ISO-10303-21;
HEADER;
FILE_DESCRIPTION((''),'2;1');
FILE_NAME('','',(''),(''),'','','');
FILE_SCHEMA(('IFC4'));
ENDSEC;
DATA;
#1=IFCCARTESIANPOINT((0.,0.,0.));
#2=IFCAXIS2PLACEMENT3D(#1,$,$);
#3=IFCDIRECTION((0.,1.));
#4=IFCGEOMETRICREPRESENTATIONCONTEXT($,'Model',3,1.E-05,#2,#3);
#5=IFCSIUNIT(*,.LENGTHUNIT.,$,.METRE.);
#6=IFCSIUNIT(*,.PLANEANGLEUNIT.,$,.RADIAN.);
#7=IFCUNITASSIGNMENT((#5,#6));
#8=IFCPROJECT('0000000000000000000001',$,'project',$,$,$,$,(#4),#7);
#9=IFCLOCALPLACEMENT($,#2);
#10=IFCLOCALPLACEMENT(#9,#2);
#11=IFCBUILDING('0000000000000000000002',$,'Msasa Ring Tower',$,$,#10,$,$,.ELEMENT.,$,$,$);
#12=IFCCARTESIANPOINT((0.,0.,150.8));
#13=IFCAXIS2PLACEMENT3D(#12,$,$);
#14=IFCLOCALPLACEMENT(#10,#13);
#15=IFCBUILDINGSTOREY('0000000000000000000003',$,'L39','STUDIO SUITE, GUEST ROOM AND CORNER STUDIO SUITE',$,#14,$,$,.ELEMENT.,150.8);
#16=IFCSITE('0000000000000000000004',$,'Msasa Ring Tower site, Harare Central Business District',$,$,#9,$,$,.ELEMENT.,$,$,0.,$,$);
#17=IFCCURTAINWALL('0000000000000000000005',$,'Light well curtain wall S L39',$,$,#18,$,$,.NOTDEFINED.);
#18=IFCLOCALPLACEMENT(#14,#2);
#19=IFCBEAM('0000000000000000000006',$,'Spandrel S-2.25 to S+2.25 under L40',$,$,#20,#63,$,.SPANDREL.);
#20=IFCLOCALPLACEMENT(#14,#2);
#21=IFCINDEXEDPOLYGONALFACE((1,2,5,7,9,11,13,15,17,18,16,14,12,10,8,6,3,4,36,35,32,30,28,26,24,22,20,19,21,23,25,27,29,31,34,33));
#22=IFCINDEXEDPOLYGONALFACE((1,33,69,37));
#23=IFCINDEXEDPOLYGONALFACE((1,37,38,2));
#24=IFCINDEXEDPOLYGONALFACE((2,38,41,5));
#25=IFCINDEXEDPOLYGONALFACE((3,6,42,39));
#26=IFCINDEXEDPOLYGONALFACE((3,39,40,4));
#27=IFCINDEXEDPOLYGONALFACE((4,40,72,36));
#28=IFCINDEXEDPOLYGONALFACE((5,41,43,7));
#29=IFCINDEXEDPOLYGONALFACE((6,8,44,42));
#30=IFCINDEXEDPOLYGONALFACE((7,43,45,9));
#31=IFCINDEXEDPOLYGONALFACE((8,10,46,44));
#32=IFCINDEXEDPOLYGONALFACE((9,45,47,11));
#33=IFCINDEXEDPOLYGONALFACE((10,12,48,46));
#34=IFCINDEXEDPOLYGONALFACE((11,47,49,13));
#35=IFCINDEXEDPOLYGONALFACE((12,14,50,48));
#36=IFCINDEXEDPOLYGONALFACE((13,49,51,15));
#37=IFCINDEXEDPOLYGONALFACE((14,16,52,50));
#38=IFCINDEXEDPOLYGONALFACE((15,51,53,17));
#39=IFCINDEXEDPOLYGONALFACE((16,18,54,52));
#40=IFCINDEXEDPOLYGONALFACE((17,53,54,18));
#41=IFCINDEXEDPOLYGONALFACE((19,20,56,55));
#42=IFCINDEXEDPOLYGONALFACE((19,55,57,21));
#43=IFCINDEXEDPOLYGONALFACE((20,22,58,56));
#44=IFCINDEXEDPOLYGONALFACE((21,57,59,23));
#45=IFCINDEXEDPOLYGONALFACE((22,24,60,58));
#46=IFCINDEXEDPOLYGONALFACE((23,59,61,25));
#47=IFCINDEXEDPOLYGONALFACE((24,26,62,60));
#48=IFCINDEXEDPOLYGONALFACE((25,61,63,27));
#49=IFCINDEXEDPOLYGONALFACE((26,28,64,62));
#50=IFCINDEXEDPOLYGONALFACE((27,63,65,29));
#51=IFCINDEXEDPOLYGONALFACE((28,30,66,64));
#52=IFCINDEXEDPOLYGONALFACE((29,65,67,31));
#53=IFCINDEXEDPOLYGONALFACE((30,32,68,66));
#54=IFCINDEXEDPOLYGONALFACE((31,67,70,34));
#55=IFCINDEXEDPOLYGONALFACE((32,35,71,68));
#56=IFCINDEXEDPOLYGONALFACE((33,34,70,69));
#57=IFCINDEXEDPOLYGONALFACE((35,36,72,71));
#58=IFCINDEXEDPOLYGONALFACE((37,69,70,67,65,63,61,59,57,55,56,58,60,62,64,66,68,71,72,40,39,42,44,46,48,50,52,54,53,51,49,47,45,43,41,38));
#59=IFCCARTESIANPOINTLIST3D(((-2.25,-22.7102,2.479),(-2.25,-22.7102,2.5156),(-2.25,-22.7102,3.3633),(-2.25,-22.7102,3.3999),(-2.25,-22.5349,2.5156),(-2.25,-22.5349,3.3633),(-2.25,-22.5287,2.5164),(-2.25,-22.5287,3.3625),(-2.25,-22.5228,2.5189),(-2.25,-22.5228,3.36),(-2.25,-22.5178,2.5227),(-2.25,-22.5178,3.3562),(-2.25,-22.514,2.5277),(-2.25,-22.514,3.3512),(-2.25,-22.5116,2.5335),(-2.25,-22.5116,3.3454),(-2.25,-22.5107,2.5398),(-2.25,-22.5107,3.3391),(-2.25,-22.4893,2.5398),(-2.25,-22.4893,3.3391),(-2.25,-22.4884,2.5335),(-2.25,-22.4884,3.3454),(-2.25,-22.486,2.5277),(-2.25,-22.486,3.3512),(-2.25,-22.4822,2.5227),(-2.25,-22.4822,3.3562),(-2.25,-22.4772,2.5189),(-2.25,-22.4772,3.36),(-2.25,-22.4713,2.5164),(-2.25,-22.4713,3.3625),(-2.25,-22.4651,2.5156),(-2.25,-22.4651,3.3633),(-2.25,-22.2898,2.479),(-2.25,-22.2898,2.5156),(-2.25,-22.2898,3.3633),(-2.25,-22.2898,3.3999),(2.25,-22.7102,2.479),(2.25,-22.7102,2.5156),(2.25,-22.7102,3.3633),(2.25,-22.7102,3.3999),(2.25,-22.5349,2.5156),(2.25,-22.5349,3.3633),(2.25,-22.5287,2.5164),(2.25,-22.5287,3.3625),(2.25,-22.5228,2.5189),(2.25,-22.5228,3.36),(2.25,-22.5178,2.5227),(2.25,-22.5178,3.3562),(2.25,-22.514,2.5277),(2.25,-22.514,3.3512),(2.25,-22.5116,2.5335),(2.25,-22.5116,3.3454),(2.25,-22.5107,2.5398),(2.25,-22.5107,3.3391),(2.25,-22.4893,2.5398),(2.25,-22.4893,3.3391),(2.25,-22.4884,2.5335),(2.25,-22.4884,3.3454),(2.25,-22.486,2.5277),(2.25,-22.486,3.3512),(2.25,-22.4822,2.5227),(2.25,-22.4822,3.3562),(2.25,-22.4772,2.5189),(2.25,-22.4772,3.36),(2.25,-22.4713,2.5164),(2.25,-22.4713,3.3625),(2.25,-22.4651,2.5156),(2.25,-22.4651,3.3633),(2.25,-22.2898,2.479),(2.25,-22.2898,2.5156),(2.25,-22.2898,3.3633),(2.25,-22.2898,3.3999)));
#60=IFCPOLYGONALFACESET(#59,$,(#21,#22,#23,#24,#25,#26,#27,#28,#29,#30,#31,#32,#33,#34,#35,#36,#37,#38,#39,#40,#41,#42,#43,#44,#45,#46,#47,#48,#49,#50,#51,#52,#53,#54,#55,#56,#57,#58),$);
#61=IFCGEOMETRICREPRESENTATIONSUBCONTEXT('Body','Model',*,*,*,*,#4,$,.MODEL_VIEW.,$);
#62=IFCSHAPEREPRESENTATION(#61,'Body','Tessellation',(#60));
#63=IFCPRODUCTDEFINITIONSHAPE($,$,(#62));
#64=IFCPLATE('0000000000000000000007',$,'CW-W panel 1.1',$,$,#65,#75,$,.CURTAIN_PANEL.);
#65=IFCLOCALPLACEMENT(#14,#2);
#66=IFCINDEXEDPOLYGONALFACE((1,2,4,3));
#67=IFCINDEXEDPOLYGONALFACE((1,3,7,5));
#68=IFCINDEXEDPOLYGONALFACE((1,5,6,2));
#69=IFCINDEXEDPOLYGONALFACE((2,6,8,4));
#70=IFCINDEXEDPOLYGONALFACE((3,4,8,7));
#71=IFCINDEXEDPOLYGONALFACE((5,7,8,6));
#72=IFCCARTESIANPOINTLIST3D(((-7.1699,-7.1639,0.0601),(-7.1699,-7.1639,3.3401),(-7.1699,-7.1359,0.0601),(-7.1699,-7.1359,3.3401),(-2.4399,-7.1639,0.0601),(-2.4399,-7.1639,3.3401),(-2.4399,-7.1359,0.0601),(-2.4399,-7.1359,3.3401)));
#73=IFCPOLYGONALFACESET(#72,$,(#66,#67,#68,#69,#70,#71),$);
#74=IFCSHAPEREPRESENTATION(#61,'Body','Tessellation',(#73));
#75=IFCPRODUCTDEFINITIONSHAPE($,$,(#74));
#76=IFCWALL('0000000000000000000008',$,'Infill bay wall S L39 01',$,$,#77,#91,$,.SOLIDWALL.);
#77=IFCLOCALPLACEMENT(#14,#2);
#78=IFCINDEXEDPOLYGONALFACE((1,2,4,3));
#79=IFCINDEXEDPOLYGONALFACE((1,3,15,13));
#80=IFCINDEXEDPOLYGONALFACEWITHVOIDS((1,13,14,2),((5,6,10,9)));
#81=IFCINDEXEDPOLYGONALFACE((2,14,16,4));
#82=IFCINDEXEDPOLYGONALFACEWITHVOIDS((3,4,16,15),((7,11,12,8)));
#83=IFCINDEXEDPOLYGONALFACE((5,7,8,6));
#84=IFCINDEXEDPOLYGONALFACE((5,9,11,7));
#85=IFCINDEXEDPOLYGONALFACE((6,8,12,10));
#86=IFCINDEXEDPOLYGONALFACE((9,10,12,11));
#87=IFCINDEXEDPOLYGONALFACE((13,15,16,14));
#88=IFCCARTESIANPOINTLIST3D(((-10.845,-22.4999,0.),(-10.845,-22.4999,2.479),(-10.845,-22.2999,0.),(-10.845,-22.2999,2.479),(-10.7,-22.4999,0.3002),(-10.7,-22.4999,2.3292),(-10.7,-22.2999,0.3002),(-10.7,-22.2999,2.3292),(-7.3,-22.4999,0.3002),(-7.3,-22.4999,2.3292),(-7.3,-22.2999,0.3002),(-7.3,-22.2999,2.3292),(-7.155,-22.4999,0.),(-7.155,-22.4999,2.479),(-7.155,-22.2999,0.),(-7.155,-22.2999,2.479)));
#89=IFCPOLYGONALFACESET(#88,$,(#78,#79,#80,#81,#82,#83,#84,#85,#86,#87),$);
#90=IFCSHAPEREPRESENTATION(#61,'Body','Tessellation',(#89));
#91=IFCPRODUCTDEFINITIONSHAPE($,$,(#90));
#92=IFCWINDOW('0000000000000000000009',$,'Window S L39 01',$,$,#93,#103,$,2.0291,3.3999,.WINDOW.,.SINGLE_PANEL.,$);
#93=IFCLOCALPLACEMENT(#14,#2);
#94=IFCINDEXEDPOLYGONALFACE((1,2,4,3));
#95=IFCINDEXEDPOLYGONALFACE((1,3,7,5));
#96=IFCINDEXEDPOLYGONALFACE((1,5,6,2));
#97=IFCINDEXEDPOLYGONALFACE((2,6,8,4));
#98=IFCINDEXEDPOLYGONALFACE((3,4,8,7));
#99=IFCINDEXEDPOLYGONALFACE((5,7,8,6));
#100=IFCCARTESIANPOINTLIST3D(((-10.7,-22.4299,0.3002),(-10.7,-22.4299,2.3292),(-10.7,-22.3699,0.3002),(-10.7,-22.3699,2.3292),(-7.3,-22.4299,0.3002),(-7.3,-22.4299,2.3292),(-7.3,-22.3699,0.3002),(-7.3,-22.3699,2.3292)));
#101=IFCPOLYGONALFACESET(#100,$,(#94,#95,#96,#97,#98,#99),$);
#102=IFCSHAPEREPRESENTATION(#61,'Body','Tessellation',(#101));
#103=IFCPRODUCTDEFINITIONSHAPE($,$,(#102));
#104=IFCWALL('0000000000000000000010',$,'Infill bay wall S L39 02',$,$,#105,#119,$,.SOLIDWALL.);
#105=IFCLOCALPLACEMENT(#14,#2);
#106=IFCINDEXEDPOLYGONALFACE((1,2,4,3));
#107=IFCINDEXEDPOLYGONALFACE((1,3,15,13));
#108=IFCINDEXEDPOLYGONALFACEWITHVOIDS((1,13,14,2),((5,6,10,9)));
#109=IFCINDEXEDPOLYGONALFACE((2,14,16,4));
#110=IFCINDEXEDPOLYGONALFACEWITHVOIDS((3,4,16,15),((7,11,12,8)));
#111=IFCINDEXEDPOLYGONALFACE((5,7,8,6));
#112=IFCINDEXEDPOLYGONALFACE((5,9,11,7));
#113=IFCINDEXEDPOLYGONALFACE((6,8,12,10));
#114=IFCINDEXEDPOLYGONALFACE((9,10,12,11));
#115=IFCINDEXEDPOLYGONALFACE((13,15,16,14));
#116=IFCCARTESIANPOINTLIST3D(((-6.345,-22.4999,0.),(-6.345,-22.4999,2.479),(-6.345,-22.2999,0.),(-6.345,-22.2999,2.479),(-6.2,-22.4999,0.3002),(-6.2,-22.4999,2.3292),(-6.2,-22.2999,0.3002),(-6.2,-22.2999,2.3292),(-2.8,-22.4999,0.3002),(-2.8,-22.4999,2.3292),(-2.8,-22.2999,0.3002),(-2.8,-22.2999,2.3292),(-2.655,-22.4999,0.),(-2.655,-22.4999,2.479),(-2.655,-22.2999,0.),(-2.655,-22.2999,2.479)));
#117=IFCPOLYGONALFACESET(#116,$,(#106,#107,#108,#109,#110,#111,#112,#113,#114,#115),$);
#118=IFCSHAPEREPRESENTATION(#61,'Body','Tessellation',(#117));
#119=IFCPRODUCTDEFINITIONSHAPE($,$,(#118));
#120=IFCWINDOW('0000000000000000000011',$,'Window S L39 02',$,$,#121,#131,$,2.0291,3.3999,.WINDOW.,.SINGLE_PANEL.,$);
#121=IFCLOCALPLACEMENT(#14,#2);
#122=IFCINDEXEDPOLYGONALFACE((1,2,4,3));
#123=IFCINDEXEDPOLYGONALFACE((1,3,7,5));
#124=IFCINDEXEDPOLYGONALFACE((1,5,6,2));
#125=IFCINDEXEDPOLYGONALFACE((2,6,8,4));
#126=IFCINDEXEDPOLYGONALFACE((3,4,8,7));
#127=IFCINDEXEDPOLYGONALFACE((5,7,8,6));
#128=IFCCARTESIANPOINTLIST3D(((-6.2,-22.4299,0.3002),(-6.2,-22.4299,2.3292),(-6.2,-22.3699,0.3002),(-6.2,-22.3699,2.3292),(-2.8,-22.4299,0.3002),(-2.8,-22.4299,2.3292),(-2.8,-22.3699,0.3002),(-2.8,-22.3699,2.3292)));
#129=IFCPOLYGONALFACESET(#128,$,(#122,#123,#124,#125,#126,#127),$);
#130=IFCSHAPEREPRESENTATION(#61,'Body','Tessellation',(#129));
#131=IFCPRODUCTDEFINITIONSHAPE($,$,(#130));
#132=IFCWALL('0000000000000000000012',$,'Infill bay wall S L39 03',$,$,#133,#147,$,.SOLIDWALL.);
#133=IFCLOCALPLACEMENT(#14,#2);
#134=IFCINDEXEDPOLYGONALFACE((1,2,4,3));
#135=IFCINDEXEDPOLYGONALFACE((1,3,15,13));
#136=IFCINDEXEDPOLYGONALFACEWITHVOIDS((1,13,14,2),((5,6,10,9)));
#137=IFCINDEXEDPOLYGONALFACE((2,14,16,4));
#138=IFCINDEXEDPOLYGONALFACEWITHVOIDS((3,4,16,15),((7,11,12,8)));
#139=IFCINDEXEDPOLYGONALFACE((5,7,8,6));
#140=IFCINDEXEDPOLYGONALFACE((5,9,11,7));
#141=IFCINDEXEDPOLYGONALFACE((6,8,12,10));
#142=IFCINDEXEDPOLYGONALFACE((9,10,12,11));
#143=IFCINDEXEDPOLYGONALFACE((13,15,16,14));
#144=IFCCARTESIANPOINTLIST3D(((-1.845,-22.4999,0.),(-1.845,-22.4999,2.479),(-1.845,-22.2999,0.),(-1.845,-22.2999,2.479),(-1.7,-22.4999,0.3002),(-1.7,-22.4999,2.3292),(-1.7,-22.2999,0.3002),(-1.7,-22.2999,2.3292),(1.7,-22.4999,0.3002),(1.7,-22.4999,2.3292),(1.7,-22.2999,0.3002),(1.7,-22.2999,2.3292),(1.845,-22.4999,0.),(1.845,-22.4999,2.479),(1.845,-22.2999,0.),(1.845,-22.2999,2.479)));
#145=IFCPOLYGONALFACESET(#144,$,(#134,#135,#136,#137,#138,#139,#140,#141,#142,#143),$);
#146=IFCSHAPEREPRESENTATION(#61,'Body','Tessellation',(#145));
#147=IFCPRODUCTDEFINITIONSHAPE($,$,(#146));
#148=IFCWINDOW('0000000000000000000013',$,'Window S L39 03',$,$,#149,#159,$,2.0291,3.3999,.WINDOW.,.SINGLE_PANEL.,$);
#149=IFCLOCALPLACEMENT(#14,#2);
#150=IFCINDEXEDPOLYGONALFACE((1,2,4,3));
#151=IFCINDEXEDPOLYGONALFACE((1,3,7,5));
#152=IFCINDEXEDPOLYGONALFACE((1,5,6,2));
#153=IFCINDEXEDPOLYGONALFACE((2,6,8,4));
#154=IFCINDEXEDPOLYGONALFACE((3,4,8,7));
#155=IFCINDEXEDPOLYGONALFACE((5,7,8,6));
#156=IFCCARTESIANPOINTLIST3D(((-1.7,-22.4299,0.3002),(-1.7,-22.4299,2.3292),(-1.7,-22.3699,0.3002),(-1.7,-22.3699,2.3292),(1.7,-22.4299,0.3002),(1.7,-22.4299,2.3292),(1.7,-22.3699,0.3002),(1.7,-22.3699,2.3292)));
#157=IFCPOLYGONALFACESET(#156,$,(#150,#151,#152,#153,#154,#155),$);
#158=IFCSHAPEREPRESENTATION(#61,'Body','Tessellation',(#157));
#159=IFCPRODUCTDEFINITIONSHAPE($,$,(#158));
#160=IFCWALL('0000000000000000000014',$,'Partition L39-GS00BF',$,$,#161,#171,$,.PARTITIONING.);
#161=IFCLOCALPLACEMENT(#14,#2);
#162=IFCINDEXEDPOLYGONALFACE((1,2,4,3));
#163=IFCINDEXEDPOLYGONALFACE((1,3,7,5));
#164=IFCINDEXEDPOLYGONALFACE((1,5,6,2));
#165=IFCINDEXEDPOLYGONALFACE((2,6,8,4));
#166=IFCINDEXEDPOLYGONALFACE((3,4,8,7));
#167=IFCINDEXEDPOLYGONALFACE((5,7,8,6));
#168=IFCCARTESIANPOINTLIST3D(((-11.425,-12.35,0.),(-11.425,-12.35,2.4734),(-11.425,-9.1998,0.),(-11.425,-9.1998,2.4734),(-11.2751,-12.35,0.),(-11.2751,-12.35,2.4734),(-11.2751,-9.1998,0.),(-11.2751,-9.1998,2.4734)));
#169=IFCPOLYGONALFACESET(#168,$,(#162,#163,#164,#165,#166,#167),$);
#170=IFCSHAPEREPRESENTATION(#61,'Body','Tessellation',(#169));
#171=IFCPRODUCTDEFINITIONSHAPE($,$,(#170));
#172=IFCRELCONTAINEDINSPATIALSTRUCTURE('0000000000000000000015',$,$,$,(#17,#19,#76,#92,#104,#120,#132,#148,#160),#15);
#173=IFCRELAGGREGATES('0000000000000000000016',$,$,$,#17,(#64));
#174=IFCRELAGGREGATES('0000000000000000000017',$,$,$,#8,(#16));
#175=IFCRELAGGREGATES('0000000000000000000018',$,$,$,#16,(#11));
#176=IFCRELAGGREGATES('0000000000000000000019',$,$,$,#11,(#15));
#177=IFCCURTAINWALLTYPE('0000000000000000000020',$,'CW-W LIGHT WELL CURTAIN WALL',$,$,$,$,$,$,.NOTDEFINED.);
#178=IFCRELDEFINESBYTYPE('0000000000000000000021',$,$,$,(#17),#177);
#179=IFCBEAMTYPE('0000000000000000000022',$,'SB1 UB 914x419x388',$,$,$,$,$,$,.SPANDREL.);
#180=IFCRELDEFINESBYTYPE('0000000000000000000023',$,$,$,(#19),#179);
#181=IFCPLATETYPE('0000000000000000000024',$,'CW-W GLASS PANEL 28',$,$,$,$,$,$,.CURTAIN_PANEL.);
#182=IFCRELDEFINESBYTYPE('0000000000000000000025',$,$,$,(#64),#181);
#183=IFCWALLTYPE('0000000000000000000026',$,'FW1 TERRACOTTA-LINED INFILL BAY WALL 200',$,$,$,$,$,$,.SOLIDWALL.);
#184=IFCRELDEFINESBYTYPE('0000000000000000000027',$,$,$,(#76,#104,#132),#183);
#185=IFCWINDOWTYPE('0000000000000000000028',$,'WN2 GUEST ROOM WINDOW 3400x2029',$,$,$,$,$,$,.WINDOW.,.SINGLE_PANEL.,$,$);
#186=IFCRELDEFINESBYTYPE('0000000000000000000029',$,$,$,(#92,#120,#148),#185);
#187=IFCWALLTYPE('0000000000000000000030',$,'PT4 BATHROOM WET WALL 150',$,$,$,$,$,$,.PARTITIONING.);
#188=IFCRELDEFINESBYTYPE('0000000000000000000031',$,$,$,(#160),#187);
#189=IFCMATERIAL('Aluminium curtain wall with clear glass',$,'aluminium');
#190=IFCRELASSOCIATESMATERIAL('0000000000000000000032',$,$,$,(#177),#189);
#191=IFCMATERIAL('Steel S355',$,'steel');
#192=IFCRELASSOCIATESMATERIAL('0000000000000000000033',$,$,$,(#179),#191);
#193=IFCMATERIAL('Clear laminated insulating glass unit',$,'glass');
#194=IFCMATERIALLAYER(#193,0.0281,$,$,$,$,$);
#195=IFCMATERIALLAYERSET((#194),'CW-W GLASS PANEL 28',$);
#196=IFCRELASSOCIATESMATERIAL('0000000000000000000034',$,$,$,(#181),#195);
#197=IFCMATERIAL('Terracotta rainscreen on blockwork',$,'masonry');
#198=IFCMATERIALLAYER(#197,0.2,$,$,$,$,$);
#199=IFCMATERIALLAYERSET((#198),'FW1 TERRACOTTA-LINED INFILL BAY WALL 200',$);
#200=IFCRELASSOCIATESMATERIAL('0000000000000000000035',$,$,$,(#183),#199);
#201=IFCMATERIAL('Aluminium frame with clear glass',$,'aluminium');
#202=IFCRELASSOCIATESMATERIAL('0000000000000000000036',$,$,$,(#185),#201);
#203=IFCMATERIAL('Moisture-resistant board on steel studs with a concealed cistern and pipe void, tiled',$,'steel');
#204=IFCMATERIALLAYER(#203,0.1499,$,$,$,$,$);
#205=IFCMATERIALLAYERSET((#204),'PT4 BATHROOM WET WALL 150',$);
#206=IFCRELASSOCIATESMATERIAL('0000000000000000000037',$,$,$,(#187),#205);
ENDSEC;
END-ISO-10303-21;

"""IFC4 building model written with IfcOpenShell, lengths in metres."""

from ifc_helpers import new_model, si_unit, direction, frame, frame_2d, origin, origin_2d, place, context, subcontext, project, spatial, rectangle, i_section, extrude, material, layer, layer_set, material_profile, profile_set, type_object, element, fill, aggregate, save


model = new_model("IFC4")

# Units and contexts
model_context = context("Model", 3, precision=1e-05, world=origin(), true_north=direction((0.0, 1.0)))
body_context = subcontext(model_context, "Body", "Model", "MODEL_VIEW")
ifc_project = project(units=[si_unit("LENGTHUNIT", "METRE"), si_unit("PLANEANGLEUNIT", "RADIAN")], contexts=[model_context])

# Site, building, storey
site_placement = place(None, origin())
site = spatial("IfcSite", under=ifc_project, at=site_placement, Name="Msasa Ring Tower site, Harare Central Business District", CompositionType="ELEMENT", RefElevation=0.0)
building_placement = place(site_placement, origin())
building = spatial("IfcBuilding", under=site, at=building_placement, Name="Msasa Ring Tower", CompositionType="ELEMENT")
storey_placement = place(building_placement, frame((0.0, 0.0, 150.8)))
storey = spatial("IfcBuildingStorey", under=building, at=storey_placement, Name="L39", Description="STUDIO SUITE, GUEST ROOM AND CORNER STUDIO SUITE", CompositionType="ELEMENT", Elevation=150.8)

# Curtain wall
ifc_material_1 = material(Name="Aluminium curtain wall with clear glass", Category="aluminium")
curtain_wall_type = type_object("IfcCurtainWallType", Name="CW-W LIGHT WELL CURTAIN WALL", PredefinedType="NOTDEFINED", material=ifc_material_1)
curtain_wall_placement = place(storey_placement, origin())
curtain_wall = element("IfcCurtainWall", 1, at=curtain_wall_placement, inside=storey, type_object=curtain_wall_type, Name="Light well curtain wall S L39", PredefinedType="NOTDEFINED")

# Beam
ifc_material_2 = material(Name="Steel S355", Category="steel")
ifc_material_profile_1 = material_profile(ifc_material_2, i_section(OverallWidth=0.4204, OverallDepth=0.9209, WebThickness=0.0215, FlangeThickness=0.0366, FilletRadius=0.0242, at=origin_2d()), Name="UB 914x419x388")
ifc_profile_set_1 = profile_set([ifc_material_profile_1], Name="Steel S355")
beam_type_1 = type_object("IfcBeamType", Name="SB1 UB 914x419x388", PredefinedType="SPANDREL", material=ifc_profile_set_1)
for number, where, z_axis, x_axis, name in (
    (2, (-2.25, -22.5, 2.9395), (1.0, 0.0, 0.0), (0.0, 1.0, 0.0), "Spandrel S-2.25 to S+2.25 under L40"),
):
    element("IfcBeam", number, at=place(storey_placement, frame(where, z_axis=z_axis, x_axis=x_axis)), inside=storey, type_object=beam_type_1, Name=name, PredefinedType="SPANDREL", context=body_context, shape_type="SweptSolid", body=[
        extrude(i_section(OverallWidth=0.4204, OverallDepth=0.9209, WebThickness=0.0215, FlangeThickness=0.0366, FilletRadius=0.0242, at=origin_2d()), origin(), (0.0, 0.0, 1.0), 4.5),
    ])

# Plate
ifc_material_3 = material(Name="Clear laminated insulating glass unit", Category="glass")
ifc_layer_1 = layer(ifc_material_3, 0.0281)
ifc_layer_set_1 = layer_set([ifc_layer_1], Name="CW-W GLASS PANEL 28")
plate_type = type_object("IfcPlateType", Name="CW-W GLASS PANEL 28", PredefinedType="CURTAIN_PANEL", material=ifc_layer_set_1)
plate_placement = place(storey_placement, frame((-4.8049, -7.1499, 0.0601), z_axis=(0.0, 0.0, 1.0), x_axis=(1.0, 0.0, 0.0)))
plate = element("IfcPlate", 3, at=plate_placement, type_object=plate_type, Name="CW-W panel 1.1", PredefinedType="CURTAIN_PANEL", context=body_context, shape_type="SweptSolid", body=[
    extrude(rectangle(XDim=4.73, YDim=0.0281, at=origin_2d()), origin(), (0.0, 0.0, 1.0), 3.28),
])
aggregate(curtain_wall, [plate])

# Walls, openings, windows
ifc_material_4 = material(Name="Terracotta rainscreen on blockwork", Category="masonry")
ifc_layer_2 = layer(ifc_material_4, 0.2)
ifc_layer_set_2 = layer_set([ifc_layer_2], Name="FW1 TERRACOTTA-LINED INFILL BAY WALL 200")
wall_type_1 = type_object("IfcWallType", Name="FW1 TERRACOTTA-LINED INFILL BAY WALL 200", PredefinedType="SOLIDWALL", material=ifc_layer_set_2)
wall_1_placement = place(storey_placement, frame((-10.845, -22.3999, 0.0), z_axis=(0.0, 0.0, 1.0), x_axis=(1.0, 0.0, 0.0)))
wall_1 = element("IfcWall", 4, at=wall_1_placement, inside=storey, type_object=wall_type_1, Name="Infill bay wall S L39 01", PredefinedType="SOLIDWALL", context=body_context, shape_type="SweptSolid", body=[
    extrude(rectangle(XDim=3.6899, YDim=0.2, at=frame_2d((1.845, 0.0))), origin(), (0.0, 0.0, 1.0), 2.479),
])
opening_1_placement = place(wall_1_placement, frame((0.145, 0.0, 0.3)))
opening_1 = element("IfcOpeningElement", 5, at=opening_1_placement, cuts=wall_1, PredefinedType="OPENING", context=body_context, shape_type="SweptSolid", body=[
    extrude(rectangle(XDim=3.3999, YDim=2.0291, at=frame_2d((1.7, 1.0146))), frame((0.0, 0.1099, 0.0), z_axis=(0.0, -1.0, 0.0), x_axis=(1.0, 0.0, 0.0)), (0.0, 0.0, 1.0), 0.22),
])
ifc_material_5 = material(Name="Aluminium frame with clear glass", Category="aluminium")
window_type = type_object("IfcWindowType", Name="WN2 GUEST ROOM WINDOW 3400x2029", PartitioningType="SINGLE_PANEL", PredefinedType="WINDOW", material=ifc_material_5)
window_1_placement = place(opening_1_placement, origin())
window_1 = element("IfcWindow", 6, at=window_1_placement, inside=storey, type_object=window_type, Name="Window S L39 01", OverallHeight=2.0291, OverallWidth=3.3999, PartitioningType="SINGLE_PANEL", PredefinedType="WINDOW", context=body_context, shape_type="SweptSolid", body=[
    extrude(rectangle(XDim=3.3999, YDim=2.0291, at=frame_2d((1.7, 1.0146))), frame((0.0, 0.03, 0.0), z_axis=(0.0, -1.0, 0.0), x_axis=(1.0, 0.0, 0.0)), (0.0, 0.0, 1.0), 0.0601),
])
fill(opening_1, window_1)
wall_2_placement = place(storey_placement, frame((-6.345, -22.3999, 0.0), z_axis=(0.0, 0.0, 1.0), x_axis=(1.0, 0.0, 0.0)))
wall_2 = element("IfcWall", 7, at=wall_2_placement, inside=storey, type_object=wall_type_1, Name="Infill bay wall S L39 02", PredefinedType="SOLIDWALL", context=body_context, shape_type="SweptSolid", body=[
    extrude(rectangle(XDim=3.6899, YDim=0.2, at=frame_2d((1.845, 0.0))), origin(), (0.0, 0.0, 1.0), 2.479),
])
opening_2_placement = place(wall_2_placement, frame((0.145, 0.0, 0.3)))
opening_2 = element("IfcOpeningElement", 8, at=opening_2_placement, cuts=wall_2, PredefinedType="OPENING", context=body_context, shape_type="SweptSolid", body=[
    extrude(rectangle(XDim=3.3999, YDim=2.0291, at=frame_2d((1.7, 1.0146))), frame((0.0, 0.1099, 0.0), z_axis=(0.0, -1.0, 0.0), x_axis=(1.0, 0.0, 0.0)), (0.0, 0.0, 1.0), 0.22),
])
window_2_placement = place(opening_2_placement, origin())
window_2 = element("IfcWindow", 9, at=window_2_placement, inside=storey, type_object=window_type, Name="Window S L39 02", OverallHeight=2.0291, OverallWidth=3.3999, PartitioningType="SINGLE_PANEL", PredefinedType="WINDOW", context=body_context, shape_type="SweptSolid", body=[
    extrude(rectangle(XDim=3.3999, YDim=2.0291, at=frame_2d((1.7, 1.0146))), frame((0.0, 0.03, 0.0), z_axis=(0.0, -1.0, 0.0), x_axis=(1.0, 0.0, 0.0)), (0.0, 0.0, 1.0), 0.0601),
])
fill(opening_2, window_2)
wall_3_placement = place(storey_placement, frame((-1.845, -22.3999, 0.0), z_axis=(0.0, 0.0, 1.0), x_axis=(1.0, 0.0, 0.0)))
wall_3 = element("IfcWall", 10, at=wall_3_placement, inside=storey, type_object=wall_type_1, Name="Infill bay wall S L39 03", PredefinedType="SOLIDWALL", context=body_context, shape_type="SweptSolid", body=[
    extrude(rectangle(XDim=3.6899, YDim=0.2, at=frame_2d((1.845, 0.0))), origin(), (0.0, 0.0, 1.0), 2.479),
])
opening_3_placement = place(wall_3_placement, frame((0.145, 0.0, 0.3)))
opening_3 = element("IfcOpeningElement", 11, at=opening_3_placement, cuts=wall_3, PredefinedType="OPENING", context=body_context, shape_type="SweptSolid", body=[
    extrude(rectangle(XDim=3.3999, YDim=2.0291, at=frame_2d((1.7, 1.0146))), frame((0.0, 0.1099, 0.0), z_axis=(0.0, -1.0, 0.0), x_axis=(1.0, 0.0, 0.0)), (0.0, 0.0, 1.0), 0.22),
])
window_3_placement = place(opening_3_placement, origin())
window_3 = element("IfcWindow", 12, at=window_3_placement, inside=storey, type_object=window_type, Name="Window S L39 03", OverallHeight=2.0291, OverallWidth=3.3999, PartitioningType="SINGLE_PANEL", PredefinedType="WINDOW", context=body_context, shape_type="SweptSolid", body=[
    extrude(rectangle(XDim=3.3999, YDim=2.0291, at=frame_2d((1.7, 1.0146))), frame((0.0, 0.03, 0.0), z_axis=(0.0, -1.0, 0.0), x_axis=(1.0, 0.0, 0.0)), (0.0, 0.0, 1.0), 0.0601),
])
fill(opening_3, window_3)

# Wall
ifc_material_6 = material(Name="Moisture-resistant board on steel studs with a concealed cistern and pipe void, tiled", Category="steel")
ifc_layer_3 = layer(ifc_material_6, 0.1499)
ifc_layer_set_3 = layer_set([ifc_layer_3], Name="PT4 BATHROOM WET WALL 150")
wall_type_2 = type_object("IfcWallType", Name="PT4 BATHROOM WET WALL 150", PredefinedType="PARTITIONING", material=ifc_layer_set_3)
wall_4_placement = place(storey_placement, frame((-11.3501, -12.3501, 0.0), z_axis=(0.0, 0.0, 1.0), x_axis=(0.0, 1.0, 0.0)))
element("IfcWall", 13, at=wall_4_placement, inside=storey, type_object=wall_type_2, Name="Partition L39-GS00BF", PredefinedType="PARTITIONING", context=body_context, shape_type="SweptSolid", body=[
    extrude(rectangle(XDim=3.1501, YDim=0.1499, at=frame_2d((1.5752, 0.0))), origin(), (0.0, 0.0, 1.0), 2.4734),
])

save(model, "model.ifc")
